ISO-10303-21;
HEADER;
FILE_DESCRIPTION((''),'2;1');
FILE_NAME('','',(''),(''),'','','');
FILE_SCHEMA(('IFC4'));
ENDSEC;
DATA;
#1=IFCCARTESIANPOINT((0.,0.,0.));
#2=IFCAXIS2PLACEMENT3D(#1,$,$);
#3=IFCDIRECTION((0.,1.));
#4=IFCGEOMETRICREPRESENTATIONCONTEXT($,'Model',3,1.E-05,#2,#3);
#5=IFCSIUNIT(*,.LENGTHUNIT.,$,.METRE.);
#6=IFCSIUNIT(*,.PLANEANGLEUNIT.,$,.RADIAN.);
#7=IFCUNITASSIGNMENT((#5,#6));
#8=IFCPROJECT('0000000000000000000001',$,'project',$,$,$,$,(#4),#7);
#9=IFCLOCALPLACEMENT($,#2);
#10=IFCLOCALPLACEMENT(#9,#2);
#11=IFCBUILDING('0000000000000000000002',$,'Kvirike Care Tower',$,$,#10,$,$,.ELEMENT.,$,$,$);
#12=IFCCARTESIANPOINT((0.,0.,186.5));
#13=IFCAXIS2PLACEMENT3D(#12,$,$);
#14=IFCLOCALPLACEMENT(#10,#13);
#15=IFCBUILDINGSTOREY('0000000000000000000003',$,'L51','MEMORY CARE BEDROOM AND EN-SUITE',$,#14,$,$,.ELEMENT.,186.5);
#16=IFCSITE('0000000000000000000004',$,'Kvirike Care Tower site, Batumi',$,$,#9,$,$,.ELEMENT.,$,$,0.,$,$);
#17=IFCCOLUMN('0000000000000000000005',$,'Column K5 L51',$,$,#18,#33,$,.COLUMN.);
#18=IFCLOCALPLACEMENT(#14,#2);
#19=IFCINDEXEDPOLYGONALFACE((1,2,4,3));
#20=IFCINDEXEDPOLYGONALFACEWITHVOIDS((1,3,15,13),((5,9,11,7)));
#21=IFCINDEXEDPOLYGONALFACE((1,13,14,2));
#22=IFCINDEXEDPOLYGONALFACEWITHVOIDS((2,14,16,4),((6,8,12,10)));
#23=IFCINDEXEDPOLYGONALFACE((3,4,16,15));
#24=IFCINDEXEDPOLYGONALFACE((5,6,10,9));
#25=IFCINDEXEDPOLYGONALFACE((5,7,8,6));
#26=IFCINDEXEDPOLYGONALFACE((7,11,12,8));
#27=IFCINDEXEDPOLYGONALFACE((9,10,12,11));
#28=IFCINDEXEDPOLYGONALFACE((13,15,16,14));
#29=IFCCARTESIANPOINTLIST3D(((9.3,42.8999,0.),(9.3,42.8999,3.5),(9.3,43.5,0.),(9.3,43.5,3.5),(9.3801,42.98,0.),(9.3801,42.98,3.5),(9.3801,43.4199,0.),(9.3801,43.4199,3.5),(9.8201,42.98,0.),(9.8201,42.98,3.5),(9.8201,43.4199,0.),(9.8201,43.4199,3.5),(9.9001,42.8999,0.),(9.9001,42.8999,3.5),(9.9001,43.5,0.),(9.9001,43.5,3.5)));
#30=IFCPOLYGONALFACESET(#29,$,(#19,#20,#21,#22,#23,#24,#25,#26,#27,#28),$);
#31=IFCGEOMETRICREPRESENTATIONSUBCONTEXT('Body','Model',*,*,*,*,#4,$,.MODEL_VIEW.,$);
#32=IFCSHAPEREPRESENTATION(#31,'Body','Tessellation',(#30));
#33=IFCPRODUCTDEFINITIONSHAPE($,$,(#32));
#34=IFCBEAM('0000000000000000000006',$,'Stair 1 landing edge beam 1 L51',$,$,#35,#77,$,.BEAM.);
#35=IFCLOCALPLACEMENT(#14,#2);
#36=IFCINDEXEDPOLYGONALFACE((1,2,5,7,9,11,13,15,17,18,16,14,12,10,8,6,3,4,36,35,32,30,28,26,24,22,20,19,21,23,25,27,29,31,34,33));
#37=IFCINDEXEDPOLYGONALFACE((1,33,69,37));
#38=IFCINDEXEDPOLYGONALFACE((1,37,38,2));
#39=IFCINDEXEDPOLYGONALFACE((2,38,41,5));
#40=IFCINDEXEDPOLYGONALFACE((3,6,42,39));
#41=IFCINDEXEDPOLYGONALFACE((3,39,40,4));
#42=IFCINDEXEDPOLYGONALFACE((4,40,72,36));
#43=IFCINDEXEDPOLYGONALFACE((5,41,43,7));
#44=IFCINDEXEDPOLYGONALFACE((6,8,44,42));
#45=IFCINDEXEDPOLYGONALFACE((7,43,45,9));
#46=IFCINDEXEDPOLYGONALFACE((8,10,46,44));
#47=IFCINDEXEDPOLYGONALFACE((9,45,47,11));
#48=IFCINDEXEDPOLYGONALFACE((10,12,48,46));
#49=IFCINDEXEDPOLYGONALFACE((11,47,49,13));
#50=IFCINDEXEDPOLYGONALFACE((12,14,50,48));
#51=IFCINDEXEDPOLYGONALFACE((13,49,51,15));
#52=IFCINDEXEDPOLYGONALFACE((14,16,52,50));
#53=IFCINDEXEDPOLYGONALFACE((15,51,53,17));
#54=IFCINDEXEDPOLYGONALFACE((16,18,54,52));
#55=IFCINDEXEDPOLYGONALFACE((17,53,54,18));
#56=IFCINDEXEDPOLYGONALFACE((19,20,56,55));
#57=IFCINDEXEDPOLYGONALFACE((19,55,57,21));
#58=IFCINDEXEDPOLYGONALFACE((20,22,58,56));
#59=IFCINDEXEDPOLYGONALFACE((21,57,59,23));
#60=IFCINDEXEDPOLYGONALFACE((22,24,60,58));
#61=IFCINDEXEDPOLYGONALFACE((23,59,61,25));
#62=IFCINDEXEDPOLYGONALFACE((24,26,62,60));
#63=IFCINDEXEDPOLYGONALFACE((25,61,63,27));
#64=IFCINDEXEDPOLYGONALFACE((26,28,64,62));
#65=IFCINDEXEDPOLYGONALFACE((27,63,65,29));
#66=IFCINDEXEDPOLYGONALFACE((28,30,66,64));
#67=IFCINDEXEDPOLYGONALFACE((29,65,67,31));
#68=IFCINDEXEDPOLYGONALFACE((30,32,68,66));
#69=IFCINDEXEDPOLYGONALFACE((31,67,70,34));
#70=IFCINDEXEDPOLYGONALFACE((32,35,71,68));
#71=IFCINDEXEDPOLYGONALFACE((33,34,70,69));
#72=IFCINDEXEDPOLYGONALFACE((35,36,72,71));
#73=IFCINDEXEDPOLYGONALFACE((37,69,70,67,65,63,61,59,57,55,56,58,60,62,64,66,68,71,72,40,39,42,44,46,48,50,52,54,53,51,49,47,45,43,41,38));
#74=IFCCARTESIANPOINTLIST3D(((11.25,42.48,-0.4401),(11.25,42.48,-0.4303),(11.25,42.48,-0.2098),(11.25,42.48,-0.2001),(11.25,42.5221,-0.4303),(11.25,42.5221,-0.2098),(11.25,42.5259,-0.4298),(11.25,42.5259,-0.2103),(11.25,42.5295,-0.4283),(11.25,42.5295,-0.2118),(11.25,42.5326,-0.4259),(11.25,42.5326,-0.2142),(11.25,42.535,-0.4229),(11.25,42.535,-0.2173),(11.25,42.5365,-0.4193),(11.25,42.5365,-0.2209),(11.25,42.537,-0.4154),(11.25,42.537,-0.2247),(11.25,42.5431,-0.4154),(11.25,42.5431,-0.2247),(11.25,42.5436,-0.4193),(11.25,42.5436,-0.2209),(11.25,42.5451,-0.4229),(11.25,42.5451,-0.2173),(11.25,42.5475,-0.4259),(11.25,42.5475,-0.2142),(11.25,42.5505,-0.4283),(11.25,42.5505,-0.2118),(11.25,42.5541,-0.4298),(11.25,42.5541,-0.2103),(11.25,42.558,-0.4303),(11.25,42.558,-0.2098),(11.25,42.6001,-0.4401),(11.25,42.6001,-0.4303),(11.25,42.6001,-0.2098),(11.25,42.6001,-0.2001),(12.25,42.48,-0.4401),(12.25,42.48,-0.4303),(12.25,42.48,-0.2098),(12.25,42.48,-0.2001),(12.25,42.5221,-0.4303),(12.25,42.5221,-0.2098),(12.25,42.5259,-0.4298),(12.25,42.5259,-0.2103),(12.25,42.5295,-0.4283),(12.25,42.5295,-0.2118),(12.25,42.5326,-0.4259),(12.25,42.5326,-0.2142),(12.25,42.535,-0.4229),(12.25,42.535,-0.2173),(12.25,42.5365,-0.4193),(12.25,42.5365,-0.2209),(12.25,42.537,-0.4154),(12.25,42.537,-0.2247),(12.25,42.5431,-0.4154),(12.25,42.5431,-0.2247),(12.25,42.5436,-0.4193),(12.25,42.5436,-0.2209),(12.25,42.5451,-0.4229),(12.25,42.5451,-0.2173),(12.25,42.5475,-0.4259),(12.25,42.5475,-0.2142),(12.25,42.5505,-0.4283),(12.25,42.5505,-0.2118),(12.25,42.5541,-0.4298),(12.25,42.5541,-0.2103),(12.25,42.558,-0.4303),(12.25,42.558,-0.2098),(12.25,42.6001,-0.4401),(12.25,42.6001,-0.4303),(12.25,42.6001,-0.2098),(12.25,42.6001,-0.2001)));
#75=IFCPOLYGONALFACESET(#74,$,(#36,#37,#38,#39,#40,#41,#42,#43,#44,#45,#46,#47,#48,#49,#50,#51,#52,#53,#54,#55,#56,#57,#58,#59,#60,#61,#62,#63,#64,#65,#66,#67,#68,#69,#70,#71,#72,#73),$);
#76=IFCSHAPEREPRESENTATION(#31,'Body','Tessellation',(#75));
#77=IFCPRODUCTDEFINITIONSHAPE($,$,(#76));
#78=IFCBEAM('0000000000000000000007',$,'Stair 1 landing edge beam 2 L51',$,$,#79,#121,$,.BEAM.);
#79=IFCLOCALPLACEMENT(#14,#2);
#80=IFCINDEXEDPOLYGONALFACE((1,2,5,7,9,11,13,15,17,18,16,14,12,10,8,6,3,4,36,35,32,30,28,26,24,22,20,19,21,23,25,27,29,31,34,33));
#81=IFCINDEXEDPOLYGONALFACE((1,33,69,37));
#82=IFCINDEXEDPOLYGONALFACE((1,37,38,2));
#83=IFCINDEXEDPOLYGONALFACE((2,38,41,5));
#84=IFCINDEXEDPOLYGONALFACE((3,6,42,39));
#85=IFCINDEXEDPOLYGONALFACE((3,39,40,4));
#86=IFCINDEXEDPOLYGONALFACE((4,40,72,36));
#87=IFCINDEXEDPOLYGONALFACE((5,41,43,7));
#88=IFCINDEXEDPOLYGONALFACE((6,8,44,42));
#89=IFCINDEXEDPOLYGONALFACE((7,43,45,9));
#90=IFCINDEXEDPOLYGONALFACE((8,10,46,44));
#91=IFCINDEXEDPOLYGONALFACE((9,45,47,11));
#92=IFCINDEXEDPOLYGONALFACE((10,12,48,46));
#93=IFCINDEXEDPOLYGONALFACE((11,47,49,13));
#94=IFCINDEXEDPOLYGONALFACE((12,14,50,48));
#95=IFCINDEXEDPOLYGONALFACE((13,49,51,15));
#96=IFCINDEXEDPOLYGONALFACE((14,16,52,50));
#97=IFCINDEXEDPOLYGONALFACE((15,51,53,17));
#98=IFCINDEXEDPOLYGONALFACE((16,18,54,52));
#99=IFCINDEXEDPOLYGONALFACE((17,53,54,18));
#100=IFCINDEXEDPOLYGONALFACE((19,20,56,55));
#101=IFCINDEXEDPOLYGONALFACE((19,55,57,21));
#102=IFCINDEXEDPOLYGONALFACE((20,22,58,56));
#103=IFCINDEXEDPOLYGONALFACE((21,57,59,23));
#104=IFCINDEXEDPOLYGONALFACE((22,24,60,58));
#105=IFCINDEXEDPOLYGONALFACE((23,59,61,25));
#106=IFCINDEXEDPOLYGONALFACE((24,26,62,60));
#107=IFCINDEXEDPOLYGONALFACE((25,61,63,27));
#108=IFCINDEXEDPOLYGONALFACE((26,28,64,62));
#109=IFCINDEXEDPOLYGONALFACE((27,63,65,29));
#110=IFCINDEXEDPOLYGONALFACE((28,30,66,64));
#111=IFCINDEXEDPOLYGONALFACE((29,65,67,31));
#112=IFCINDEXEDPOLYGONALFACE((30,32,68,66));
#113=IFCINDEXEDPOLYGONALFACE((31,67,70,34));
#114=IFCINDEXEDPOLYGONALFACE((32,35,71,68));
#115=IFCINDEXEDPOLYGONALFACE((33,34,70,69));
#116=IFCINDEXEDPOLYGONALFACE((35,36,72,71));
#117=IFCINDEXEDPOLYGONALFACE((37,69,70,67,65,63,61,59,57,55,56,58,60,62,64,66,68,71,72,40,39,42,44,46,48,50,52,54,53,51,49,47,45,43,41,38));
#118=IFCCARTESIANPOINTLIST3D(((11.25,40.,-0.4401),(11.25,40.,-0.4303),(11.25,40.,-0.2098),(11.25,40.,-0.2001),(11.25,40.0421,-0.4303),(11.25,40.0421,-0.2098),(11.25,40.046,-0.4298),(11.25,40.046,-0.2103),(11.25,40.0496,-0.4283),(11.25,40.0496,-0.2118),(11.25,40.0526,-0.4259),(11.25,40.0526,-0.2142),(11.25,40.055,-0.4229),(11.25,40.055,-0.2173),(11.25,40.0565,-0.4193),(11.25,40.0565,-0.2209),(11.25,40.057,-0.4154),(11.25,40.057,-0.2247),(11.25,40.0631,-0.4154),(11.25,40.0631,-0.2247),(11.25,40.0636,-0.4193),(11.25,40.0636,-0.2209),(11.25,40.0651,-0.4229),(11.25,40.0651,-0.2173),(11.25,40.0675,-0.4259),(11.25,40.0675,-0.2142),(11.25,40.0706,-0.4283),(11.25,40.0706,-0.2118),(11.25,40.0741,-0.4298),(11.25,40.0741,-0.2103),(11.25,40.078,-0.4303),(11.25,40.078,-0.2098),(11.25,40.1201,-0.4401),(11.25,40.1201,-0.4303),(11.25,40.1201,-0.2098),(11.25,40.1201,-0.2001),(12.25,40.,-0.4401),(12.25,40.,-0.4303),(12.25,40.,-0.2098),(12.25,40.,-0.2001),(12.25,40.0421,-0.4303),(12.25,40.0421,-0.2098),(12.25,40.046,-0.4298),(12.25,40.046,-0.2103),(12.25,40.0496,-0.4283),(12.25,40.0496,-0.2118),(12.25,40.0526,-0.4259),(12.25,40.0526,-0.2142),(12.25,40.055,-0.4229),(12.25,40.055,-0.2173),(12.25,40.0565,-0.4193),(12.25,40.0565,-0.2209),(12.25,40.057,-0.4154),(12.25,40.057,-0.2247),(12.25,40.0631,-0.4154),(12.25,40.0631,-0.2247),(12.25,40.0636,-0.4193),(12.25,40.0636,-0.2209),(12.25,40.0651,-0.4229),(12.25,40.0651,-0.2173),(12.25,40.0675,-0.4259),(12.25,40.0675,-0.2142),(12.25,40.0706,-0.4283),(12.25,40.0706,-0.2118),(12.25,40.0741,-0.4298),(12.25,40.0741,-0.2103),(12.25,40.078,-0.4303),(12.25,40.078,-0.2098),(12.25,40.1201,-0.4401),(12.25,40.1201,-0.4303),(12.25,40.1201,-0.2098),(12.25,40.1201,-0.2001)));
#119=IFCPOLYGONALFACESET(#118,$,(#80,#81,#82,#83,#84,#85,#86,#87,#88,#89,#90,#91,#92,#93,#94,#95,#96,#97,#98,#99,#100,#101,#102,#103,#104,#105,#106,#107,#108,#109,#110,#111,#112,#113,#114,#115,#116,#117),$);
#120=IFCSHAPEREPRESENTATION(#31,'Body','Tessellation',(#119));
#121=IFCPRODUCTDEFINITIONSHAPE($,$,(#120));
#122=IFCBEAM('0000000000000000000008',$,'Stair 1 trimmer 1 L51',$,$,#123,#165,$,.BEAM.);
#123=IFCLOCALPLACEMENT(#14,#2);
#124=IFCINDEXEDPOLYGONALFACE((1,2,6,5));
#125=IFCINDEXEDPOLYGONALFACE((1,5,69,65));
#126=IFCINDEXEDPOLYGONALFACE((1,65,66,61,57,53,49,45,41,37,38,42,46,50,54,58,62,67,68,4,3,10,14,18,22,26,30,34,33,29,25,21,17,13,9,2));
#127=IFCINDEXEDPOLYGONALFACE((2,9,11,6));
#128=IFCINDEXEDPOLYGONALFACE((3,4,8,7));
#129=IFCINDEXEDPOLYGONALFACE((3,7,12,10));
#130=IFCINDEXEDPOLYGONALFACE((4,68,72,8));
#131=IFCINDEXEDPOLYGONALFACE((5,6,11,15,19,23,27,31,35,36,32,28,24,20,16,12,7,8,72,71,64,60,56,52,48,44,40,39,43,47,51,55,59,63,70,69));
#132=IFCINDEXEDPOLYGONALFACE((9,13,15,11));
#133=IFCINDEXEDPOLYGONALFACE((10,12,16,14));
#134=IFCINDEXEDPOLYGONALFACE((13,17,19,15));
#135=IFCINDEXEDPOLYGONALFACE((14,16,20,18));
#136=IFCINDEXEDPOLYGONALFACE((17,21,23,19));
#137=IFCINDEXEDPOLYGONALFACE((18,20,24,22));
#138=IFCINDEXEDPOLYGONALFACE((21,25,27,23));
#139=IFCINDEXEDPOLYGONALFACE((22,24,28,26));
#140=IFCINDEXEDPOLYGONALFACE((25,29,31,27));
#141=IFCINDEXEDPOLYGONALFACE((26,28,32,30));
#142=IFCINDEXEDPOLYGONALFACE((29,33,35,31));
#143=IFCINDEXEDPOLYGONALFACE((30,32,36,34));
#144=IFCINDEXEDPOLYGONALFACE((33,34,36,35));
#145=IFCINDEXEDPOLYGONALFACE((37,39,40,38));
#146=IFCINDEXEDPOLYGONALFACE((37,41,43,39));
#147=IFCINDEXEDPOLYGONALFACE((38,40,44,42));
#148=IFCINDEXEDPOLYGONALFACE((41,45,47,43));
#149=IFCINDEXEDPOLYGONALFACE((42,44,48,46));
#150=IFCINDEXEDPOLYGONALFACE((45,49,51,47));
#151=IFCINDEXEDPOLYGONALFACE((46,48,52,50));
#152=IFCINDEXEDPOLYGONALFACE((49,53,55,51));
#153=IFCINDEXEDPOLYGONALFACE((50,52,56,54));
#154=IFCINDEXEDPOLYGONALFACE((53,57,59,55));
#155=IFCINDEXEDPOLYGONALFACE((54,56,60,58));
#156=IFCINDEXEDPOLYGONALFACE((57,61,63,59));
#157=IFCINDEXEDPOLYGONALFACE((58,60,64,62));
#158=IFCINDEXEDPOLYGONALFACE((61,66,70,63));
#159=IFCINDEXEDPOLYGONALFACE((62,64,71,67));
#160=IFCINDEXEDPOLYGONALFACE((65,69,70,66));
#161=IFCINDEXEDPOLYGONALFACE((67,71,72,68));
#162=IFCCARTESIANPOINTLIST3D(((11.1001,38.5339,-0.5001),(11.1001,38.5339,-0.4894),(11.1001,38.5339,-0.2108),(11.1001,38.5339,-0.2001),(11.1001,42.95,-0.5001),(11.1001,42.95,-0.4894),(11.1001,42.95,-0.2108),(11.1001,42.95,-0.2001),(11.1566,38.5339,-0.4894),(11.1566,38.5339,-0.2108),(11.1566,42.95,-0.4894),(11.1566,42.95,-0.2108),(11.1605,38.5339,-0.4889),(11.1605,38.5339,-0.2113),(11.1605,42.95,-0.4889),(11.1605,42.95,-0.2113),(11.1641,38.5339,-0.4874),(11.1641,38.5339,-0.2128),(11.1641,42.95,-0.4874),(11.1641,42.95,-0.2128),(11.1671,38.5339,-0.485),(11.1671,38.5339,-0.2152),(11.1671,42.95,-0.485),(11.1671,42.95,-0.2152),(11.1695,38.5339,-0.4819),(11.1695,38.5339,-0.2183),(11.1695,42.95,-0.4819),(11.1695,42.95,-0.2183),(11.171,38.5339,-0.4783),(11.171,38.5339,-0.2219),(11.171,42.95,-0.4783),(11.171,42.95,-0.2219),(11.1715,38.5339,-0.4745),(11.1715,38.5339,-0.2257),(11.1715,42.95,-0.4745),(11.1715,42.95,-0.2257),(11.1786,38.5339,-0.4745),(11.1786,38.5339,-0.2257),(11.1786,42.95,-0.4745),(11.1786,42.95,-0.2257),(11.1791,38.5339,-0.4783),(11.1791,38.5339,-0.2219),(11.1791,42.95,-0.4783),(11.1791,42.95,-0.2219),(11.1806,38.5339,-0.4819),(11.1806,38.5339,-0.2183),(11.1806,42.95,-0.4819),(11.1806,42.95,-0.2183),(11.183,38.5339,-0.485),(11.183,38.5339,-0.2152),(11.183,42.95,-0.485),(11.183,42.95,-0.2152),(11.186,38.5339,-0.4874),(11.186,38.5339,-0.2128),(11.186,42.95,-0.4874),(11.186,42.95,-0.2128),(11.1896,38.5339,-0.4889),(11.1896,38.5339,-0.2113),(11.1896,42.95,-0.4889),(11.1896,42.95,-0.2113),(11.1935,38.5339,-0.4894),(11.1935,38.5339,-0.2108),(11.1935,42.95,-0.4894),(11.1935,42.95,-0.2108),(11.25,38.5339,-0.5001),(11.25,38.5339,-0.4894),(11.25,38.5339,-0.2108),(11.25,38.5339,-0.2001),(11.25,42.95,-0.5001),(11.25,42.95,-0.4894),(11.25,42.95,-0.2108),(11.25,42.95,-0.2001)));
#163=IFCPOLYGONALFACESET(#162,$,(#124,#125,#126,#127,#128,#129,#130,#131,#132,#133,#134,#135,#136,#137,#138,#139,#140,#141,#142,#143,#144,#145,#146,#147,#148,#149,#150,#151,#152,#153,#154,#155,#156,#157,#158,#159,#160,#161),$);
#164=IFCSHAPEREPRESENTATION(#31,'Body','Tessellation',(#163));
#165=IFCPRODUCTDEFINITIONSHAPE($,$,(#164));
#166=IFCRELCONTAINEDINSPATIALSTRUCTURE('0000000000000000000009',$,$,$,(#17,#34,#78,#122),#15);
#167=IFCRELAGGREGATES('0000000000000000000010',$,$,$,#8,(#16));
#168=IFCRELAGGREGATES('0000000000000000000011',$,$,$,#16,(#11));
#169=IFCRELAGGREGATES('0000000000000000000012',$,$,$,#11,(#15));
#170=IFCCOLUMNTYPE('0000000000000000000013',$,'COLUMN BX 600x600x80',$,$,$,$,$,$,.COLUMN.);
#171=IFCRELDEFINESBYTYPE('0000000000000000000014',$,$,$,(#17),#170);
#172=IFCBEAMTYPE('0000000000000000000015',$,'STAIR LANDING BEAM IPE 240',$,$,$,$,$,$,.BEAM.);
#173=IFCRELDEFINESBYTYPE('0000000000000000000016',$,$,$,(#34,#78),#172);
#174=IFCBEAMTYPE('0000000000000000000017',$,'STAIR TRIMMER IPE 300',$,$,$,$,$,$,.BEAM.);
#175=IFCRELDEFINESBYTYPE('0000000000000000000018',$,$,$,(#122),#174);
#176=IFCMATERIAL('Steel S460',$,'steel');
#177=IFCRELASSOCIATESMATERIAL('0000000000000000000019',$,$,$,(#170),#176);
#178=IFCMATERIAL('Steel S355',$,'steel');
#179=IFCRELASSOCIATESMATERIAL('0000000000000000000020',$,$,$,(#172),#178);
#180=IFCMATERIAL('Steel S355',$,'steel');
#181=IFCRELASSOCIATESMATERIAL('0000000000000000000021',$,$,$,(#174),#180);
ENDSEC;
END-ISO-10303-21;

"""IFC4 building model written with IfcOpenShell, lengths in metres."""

from ifc_helpers import new_model, si_unit, direction, frame, origin, origin_2d, place, context, subcontext, project, spatial, hollow_rectangle, i_section, extrude, material, material_profile, profile_set, type_object, element, save


model = new_model("IFC4")

# Units and contexts
model_context = context("Model", 3, precision=1e-05, world=origin(), true_north=direction((0.0, 1.0)))
body_context = subcontext(model_context, "Body", "Model", "MODEL_VIEW")
ifc_project = project(units=[si_unit("LENGTHUNIT", "METRE"), si_unit("PLANEANGLEUNIT", "RADIAN")], contexts=[model_context])

# Site, building, storey
site_placement = place(None, origin())
site = spatial("IfcSite", under=ifc_project, at=site_placement, Name="Kvirike Care Tower site, Batumi", CompositionType="ELEMENT", RefElevation=0.0)
building_placement = place(site_placement, origin())
building = spatial("IfcBuilding", under=site, at=building_placement, Name="Kvirike Care Tower", CompositionType="ELEMENT")
storey_placement = place(building_placement, frame((0.0, 0.0, 186.5)))
storey = spatial("IfcBuildingStorey", under=building, at=storey_placement, Name="L51", Description="MEMORY CARE BEDROOM AND EN-SUITE", CompositionType="ELEMENT", Elevation=186.5)

# Column
ifc_material_1 = material(Name="Steel S460", Category="steel")
ifc_material_profile_1 = material_profile(ifc_material_1, hollow_rectangle(XDim=0.6001, YDim=0.6001, WallThickness=0.0801, at=origin_2d()), Name="BX 600x600x80")
ifc_profile_set_1 = profile_set([ifc_material_profile_1], Name="Steel S460")
column_type = type_object("IfcColumnType", Name="COLUMN BX 600x600x80", PredefinedType="COLUMN", material=ifc_profile_set_1)
column_placement = place(storey_placement, frame((9.6001, 43.2, 0.0), z_axis=(0.0, 0.0, 1.0), x_axis=(0.0, 1.0, 0.0)))
element("IfcColumn", 1, at=column_placement, inside=storey, type_object=column_type, Name="Column K5 L51", PredefinedType="COLUMN", context=body_context, shape_type="SweptSolid", body=[
    extrude(hollow_rectangle(XDim=0.6001, YDim=0.6001, WallThickness=0.0801, at=origin_2d()), origin(), (0.0, 0.0, 1.0), 3.5),
])

# Beams
ifc_material_2 = material(Name="Steel S355", Category="steel")
ifc_material_profile_2 = material_profile(ifc_material_2, i_section(OverallWidth=0.1201, OverallDepth=0.24, WebThickness=0.0061, FlangeThickness=0.0098, FilletRadius=0.0149, at=origin_2d()), Name="IPE 240")
ifc_profile_set_2 = profile_set([ifc_material_profile_2], Name="Steel S355")
beam_type_1 = type_object("IfcBeamType", Name="STAIR LANDING BEAM IPE 240", PredefinedType="BEAM", material=ifc_profile_set_2)
for number, where, z_axis, x_axis, name in (
    (2, (11.25, 42.54, -0.3201), (1.0, 0.0, 0.0), (0.0, 1.0, 0.0), "Stair 1 landing edge beam 1 L51"),
    (3, (11.25, 40.0601, -0.3201), (1.0, 0.0, 0.0), (0.0, 1.0, 0.0), "Stair 1 landing edge beam 2 L51"),
):
    element("IfcBeam", number, at=place(storey_placement, frame(where, z_axis=z_axis, x_axis=x_axis)), inside=storey, type_object=beam_type_1, Name=name, PredefinedType="BEAM", context=body_context, shape_type="SweptSolid", body=[
        extrude(i_section(OverallWidth=0.1201, OverallDepth=0.24, WebThickness=0.0061, FlangeThickness=0.0098, FilletRadius=0.0149, at=origin_2d()), origin(), (0.0, 0.0, 1.0), 1.0),
    ])
ifc_material_3 = material(Name="Steel S355", Category="steel")
ifc_material_profile_3 = material_profile(ifc_material_3, i_section(OverallWidth=0.1499, OverallDepth=0.3, WebThickness=0.0071, FlangeThickness=0.0107, FilletRadius=0.0149, at=origin_2d()), Name="IPE 300")
ifc_profile_set_3 = profile_set([ifc_material_profile_3], Name="Steel S355")
beam_type_2 = type_object("IfcBeamType", Name="STAIR TRIMMER IPE 300", PredefinedType="BEAM", material=ifc_profile_set_3)
for number, where, z_axis, x_axis, name in (
    (4, (11.175, 42.95, -0.3501), (0.0, -1.0, 0.0), (1.0, 0.0, 0.0), "Stair 1 trimmer 1 L51"),
):
    element("IfcBeam", number, at=place(storey_placement, frame(where, z_axis=z_axis, x_axis=x_axis)), inside=storey, type_object=beam_type_2, Name=name, PredefinedType="BEAM", context=body_context, shape_type="SweptSolid", body=[
        extrude(i_section(OverallWidth=0.1499, OverallDepth=0.3, WebThickness=0.0071, FlangeThickness=0.0107, FilletRadius=0.0149, at=origin_2d()), origin(), (0.0, 0.0, 1.0), 4.416),
    ])

save(model, "model.ifc")
